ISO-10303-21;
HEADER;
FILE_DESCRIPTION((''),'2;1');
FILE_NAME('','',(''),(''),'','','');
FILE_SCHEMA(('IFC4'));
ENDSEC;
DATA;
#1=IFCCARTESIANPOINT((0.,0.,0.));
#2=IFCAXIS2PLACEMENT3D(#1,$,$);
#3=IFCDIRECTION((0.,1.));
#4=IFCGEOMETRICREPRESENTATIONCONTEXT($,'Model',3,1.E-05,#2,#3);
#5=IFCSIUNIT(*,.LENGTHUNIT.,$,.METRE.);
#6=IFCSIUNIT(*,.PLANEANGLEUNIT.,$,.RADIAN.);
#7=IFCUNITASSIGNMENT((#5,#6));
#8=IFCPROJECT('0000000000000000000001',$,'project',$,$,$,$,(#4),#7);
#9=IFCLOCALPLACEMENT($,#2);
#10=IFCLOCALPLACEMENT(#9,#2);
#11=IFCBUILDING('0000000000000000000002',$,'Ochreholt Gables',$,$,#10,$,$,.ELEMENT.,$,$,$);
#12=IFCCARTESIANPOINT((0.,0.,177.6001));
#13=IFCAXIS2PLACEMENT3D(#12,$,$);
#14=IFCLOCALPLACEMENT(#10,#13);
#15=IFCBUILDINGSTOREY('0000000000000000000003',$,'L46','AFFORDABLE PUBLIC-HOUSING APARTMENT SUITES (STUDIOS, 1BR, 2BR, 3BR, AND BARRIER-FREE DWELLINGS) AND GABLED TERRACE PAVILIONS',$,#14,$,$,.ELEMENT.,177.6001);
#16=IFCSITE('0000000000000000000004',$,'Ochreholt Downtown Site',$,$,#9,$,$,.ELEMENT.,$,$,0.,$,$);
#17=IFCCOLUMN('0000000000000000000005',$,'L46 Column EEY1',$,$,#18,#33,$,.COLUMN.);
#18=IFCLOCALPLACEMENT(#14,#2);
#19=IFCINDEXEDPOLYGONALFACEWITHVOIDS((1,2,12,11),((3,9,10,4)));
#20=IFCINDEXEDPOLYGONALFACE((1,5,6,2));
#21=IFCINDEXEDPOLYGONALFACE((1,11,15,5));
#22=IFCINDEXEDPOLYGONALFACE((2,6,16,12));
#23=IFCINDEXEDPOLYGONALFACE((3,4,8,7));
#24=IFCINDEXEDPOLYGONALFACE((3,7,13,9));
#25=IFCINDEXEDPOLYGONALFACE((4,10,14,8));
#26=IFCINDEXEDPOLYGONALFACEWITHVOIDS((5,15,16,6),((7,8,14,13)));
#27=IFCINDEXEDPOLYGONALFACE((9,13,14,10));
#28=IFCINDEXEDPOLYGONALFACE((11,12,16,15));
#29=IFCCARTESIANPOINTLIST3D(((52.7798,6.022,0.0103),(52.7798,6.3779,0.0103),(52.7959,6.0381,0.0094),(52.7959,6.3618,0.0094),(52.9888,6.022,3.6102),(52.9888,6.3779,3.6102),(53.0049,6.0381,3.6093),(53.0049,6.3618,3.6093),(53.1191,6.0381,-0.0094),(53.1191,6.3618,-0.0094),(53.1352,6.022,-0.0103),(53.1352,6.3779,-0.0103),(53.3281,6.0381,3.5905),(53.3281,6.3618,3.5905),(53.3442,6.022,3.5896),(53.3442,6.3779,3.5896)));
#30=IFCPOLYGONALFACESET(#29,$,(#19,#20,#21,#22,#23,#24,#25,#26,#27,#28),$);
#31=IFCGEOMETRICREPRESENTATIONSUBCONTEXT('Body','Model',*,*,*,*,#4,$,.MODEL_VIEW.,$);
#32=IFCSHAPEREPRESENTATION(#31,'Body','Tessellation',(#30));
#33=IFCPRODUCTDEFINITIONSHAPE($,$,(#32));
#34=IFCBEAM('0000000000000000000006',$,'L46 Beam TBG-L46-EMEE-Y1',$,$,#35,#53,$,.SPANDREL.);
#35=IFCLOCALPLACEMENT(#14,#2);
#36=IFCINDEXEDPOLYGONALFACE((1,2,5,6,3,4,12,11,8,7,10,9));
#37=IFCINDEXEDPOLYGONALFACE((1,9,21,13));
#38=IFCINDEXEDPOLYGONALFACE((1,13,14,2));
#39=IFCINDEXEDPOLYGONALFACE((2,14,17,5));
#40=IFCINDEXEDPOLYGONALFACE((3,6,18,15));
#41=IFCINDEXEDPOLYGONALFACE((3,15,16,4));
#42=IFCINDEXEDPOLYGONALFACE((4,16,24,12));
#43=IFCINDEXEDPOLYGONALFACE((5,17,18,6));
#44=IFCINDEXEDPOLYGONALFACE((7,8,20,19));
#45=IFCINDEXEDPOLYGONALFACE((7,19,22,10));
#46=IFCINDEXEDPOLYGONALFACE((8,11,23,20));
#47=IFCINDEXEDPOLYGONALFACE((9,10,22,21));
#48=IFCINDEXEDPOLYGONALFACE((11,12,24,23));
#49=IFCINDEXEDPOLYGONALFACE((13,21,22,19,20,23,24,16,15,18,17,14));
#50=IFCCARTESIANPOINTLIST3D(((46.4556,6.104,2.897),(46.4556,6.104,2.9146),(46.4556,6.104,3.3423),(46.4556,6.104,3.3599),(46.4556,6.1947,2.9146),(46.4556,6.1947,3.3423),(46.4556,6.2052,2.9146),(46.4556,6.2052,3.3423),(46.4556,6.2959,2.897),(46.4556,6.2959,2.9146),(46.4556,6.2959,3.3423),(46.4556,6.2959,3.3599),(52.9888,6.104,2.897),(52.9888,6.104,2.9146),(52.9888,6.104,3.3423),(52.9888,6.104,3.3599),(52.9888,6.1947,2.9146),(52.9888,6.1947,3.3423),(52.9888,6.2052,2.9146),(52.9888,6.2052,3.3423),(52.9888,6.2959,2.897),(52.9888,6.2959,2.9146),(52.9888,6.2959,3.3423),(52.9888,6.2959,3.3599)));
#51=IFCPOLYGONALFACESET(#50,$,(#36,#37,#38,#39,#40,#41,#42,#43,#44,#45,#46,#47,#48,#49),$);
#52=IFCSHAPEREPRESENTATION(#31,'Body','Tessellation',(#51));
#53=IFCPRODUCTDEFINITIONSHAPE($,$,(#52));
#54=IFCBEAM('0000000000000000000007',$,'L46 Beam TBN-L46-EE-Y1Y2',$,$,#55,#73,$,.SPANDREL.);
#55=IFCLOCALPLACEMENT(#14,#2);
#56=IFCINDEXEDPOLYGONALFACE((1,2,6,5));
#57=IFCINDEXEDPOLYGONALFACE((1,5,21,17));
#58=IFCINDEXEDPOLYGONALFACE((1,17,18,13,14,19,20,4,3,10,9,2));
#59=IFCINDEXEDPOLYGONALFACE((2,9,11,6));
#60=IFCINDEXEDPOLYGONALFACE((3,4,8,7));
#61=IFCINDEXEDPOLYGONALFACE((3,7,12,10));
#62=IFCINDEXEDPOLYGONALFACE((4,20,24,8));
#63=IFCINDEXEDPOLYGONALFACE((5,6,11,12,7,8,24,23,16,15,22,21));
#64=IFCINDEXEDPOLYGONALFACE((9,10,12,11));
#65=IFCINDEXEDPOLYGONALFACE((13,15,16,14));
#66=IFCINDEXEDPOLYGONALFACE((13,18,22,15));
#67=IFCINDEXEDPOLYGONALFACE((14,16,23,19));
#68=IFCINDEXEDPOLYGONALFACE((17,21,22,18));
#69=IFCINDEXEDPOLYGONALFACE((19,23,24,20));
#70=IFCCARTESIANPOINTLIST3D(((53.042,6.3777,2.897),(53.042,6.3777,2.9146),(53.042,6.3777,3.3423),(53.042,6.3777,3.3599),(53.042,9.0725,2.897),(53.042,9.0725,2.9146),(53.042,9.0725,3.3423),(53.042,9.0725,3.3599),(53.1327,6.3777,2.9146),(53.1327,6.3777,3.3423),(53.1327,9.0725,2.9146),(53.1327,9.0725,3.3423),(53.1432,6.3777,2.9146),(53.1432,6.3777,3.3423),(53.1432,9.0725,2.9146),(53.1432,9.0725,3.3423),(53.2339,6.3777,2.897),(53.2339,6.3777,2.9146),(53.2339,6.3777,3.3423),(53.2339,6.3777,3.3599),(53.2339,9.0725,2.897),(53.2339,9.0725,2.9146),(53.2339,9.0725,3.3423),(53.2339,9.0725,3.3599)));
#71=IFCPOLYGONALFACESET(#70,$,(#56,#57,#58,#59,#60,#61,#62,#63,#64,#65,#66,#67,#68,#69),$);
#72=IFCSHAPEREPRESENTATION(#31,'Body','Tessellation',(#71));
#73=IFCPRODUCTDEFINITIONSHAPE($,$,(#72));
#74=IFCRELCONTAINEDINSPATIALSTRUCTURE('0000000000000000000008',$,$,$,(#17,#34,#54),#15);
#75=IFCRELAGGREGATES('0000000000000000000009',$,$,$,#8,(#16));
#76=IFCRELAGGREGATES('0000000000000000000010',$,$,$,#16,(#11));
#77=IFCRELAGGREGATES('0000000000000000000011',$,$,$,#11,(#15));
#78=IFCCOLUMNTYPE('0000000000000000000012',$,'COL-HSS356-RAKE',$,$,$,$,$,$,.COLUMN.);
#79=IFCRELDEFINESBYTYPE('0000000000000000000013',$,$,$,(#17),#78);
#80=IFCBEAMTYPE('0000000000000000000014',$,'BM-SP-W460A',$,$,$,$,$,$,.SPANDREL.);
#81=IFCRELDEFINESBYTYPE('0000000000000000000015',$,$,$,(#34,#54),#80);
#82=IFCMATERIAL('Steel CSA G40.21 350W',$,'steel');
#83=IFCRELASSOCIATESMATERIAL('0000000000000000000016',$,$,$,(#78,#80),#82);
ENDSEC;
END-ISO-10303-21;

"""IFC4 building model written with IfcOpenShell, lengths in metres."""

from ifc_helpers import new_model, si_unit, direction, frame, origin, origin_2d, place, context, subcontext, project, spatial, hollow_rectangle, i_section, extrude, material, material_profile, profile_set, type_object, element, save


model = new_model("IFC4")

# Units and contexts
model_context = context("Model", 3, precision=1e-05, world=origin(), true_north=direction((0.0, 1.0)))
body_context = subcontext(model_context, "Body", "Model", "MODEL_VIEW")
ifc_project = project(units=[si_unit("LENGTHUNIT", "METRE"), si_unit("PLANEANGLEUNIT", "RADIAN")], contexts=[model_context])

# Site, building, storey
site_placement = place(None, origin())
site = spatial("IfcSite", under=ifc_project, at=site_placement, Name="Ochreholt Downtown Site", CompositionType="ELEMENT", RefElevation=0.0)
building_placement = place(site_placement, origin())
building = spatial("IfcBuilding", under=site, at=building_placement, Name="Ochreholt Gables", CompositionType="ELEMENT")
storey_placement = place(building_placement, frame((0.0, 0.0, 177.6001)))
storey = spatial("IfcBuildingStorey", under=building, at=storey_placement, Name="L46", Description="AFFORDABLE PUBLIC-HOUSING APARTMENT SUITES (STUDIOS, 1BR, 2BR, 3BR, AND BARRIER-FREE DWELLINGS) AND GABLED TERRACE PAVILIONS", CompositionType="ELEMENT", Elevation=177.6001)

# Column
ifc_material_1 = material(Name="Steel CSA G40.21 350W", Category="steel")
ifc_material_profile_1 = material_profile(ifc_material_1, hollow_rectangle(XDim=0.356, YDim=0.356, WallThickness=0.0161, at=origin_2d()), Name="HSS356X356X16")
ifc_profile_set_1 = profile_set([ifc_material_profile_1], Name="Steel CSA G40.21 350W")
column_type = type_object("IfcColumnType", Name="COL-HSS356-RAKE", PredefinedType="COLUMN", material=ifc_profile_set_1)
column_placement = place(storey_placement, frame((52.9575, 6.2, 0.0), z_axis=(0.057956, 0.0, 0.998319), x_axis=(0.0, 1.0, 0.0)))
element("IfcColumn", 1, at=column_placement, inside=storey, type_object=column_type, Name="L46 Column EEY1", PredefinedType="COLUMN", context=body_context, shape_type="SweptSolid", body=[
    extrude(hollow_rectangle(XDim=0.356, YDim=0.356, WallThickness=0.0161, at=origin_2d()), origin(), (0.0, 0.0, 1.0), 3.606),
])

# Beams
ifc_material_profile_2 = material_profile(ifc_material_1, i_section(OverallWidth=0.1919, OverallDepth=0.4629, WebThickness=0.0105, FlangeThickness=0.0176, at=origin_2d()), Name="W460X89")
ifc_profile_set_2 = profile_set([ifc_material_profile_2], Name="Steel CSA G40.21 350W")
beam_type = type_object("IfcBeamType", Name="BM-SP-W460A", PredefinedType="SPANDREL", material=ifc_profile_set_2)
beam_1_placement = place(storey_placement, frame((46.4556, 6.2, 3.1284), z_axis=(1.0, 0.0, 0.0), x_axis=(0.0, 1.0, 0.0)))
element("IfcBeam", 2, at=beam_1_placement, inside=storey, type_object=beam_type, Name="L46 Beam TBG-L46-EMEE-Y1", PredefinedType="SPANDREL", context=body_context, shape_type="SweptSolid", body=[
    extrude(i_section(OverallWidth=0.1919, OverallDepth=0.4629, WebThickness=0.0105, FlangeThickness=0.0176, at=origin_2d()), origin(), (0.0, 0.0, 1.0), 6.5332),
])
beam_2_placement = place(storey_placement, frame((53.1379, 6.3777, 3.1284), z_axis=(0.0, 1.0, 0.0), x_axis=(-1.0, 0.0, 0.0)))
element("IfcBeam", 3, at=beam_2_placement, inside=storey, type_object=beam_type, Name="L46 Beam TBN-L46-EE-Y1Y2", PredefinedType="SPANDREL", context=body_context, shape_type="SweptSolid", body=[
    extrude(i_section(OverallWidth=0.1919, OverallDepth=0.4629, WebThickness=0.0105, FlangeThickness=0.0176, at=origin_2d()), origin(), (0.0, 0.0, 1.0), 2.6948),
])

save(model, "model.ifc")
